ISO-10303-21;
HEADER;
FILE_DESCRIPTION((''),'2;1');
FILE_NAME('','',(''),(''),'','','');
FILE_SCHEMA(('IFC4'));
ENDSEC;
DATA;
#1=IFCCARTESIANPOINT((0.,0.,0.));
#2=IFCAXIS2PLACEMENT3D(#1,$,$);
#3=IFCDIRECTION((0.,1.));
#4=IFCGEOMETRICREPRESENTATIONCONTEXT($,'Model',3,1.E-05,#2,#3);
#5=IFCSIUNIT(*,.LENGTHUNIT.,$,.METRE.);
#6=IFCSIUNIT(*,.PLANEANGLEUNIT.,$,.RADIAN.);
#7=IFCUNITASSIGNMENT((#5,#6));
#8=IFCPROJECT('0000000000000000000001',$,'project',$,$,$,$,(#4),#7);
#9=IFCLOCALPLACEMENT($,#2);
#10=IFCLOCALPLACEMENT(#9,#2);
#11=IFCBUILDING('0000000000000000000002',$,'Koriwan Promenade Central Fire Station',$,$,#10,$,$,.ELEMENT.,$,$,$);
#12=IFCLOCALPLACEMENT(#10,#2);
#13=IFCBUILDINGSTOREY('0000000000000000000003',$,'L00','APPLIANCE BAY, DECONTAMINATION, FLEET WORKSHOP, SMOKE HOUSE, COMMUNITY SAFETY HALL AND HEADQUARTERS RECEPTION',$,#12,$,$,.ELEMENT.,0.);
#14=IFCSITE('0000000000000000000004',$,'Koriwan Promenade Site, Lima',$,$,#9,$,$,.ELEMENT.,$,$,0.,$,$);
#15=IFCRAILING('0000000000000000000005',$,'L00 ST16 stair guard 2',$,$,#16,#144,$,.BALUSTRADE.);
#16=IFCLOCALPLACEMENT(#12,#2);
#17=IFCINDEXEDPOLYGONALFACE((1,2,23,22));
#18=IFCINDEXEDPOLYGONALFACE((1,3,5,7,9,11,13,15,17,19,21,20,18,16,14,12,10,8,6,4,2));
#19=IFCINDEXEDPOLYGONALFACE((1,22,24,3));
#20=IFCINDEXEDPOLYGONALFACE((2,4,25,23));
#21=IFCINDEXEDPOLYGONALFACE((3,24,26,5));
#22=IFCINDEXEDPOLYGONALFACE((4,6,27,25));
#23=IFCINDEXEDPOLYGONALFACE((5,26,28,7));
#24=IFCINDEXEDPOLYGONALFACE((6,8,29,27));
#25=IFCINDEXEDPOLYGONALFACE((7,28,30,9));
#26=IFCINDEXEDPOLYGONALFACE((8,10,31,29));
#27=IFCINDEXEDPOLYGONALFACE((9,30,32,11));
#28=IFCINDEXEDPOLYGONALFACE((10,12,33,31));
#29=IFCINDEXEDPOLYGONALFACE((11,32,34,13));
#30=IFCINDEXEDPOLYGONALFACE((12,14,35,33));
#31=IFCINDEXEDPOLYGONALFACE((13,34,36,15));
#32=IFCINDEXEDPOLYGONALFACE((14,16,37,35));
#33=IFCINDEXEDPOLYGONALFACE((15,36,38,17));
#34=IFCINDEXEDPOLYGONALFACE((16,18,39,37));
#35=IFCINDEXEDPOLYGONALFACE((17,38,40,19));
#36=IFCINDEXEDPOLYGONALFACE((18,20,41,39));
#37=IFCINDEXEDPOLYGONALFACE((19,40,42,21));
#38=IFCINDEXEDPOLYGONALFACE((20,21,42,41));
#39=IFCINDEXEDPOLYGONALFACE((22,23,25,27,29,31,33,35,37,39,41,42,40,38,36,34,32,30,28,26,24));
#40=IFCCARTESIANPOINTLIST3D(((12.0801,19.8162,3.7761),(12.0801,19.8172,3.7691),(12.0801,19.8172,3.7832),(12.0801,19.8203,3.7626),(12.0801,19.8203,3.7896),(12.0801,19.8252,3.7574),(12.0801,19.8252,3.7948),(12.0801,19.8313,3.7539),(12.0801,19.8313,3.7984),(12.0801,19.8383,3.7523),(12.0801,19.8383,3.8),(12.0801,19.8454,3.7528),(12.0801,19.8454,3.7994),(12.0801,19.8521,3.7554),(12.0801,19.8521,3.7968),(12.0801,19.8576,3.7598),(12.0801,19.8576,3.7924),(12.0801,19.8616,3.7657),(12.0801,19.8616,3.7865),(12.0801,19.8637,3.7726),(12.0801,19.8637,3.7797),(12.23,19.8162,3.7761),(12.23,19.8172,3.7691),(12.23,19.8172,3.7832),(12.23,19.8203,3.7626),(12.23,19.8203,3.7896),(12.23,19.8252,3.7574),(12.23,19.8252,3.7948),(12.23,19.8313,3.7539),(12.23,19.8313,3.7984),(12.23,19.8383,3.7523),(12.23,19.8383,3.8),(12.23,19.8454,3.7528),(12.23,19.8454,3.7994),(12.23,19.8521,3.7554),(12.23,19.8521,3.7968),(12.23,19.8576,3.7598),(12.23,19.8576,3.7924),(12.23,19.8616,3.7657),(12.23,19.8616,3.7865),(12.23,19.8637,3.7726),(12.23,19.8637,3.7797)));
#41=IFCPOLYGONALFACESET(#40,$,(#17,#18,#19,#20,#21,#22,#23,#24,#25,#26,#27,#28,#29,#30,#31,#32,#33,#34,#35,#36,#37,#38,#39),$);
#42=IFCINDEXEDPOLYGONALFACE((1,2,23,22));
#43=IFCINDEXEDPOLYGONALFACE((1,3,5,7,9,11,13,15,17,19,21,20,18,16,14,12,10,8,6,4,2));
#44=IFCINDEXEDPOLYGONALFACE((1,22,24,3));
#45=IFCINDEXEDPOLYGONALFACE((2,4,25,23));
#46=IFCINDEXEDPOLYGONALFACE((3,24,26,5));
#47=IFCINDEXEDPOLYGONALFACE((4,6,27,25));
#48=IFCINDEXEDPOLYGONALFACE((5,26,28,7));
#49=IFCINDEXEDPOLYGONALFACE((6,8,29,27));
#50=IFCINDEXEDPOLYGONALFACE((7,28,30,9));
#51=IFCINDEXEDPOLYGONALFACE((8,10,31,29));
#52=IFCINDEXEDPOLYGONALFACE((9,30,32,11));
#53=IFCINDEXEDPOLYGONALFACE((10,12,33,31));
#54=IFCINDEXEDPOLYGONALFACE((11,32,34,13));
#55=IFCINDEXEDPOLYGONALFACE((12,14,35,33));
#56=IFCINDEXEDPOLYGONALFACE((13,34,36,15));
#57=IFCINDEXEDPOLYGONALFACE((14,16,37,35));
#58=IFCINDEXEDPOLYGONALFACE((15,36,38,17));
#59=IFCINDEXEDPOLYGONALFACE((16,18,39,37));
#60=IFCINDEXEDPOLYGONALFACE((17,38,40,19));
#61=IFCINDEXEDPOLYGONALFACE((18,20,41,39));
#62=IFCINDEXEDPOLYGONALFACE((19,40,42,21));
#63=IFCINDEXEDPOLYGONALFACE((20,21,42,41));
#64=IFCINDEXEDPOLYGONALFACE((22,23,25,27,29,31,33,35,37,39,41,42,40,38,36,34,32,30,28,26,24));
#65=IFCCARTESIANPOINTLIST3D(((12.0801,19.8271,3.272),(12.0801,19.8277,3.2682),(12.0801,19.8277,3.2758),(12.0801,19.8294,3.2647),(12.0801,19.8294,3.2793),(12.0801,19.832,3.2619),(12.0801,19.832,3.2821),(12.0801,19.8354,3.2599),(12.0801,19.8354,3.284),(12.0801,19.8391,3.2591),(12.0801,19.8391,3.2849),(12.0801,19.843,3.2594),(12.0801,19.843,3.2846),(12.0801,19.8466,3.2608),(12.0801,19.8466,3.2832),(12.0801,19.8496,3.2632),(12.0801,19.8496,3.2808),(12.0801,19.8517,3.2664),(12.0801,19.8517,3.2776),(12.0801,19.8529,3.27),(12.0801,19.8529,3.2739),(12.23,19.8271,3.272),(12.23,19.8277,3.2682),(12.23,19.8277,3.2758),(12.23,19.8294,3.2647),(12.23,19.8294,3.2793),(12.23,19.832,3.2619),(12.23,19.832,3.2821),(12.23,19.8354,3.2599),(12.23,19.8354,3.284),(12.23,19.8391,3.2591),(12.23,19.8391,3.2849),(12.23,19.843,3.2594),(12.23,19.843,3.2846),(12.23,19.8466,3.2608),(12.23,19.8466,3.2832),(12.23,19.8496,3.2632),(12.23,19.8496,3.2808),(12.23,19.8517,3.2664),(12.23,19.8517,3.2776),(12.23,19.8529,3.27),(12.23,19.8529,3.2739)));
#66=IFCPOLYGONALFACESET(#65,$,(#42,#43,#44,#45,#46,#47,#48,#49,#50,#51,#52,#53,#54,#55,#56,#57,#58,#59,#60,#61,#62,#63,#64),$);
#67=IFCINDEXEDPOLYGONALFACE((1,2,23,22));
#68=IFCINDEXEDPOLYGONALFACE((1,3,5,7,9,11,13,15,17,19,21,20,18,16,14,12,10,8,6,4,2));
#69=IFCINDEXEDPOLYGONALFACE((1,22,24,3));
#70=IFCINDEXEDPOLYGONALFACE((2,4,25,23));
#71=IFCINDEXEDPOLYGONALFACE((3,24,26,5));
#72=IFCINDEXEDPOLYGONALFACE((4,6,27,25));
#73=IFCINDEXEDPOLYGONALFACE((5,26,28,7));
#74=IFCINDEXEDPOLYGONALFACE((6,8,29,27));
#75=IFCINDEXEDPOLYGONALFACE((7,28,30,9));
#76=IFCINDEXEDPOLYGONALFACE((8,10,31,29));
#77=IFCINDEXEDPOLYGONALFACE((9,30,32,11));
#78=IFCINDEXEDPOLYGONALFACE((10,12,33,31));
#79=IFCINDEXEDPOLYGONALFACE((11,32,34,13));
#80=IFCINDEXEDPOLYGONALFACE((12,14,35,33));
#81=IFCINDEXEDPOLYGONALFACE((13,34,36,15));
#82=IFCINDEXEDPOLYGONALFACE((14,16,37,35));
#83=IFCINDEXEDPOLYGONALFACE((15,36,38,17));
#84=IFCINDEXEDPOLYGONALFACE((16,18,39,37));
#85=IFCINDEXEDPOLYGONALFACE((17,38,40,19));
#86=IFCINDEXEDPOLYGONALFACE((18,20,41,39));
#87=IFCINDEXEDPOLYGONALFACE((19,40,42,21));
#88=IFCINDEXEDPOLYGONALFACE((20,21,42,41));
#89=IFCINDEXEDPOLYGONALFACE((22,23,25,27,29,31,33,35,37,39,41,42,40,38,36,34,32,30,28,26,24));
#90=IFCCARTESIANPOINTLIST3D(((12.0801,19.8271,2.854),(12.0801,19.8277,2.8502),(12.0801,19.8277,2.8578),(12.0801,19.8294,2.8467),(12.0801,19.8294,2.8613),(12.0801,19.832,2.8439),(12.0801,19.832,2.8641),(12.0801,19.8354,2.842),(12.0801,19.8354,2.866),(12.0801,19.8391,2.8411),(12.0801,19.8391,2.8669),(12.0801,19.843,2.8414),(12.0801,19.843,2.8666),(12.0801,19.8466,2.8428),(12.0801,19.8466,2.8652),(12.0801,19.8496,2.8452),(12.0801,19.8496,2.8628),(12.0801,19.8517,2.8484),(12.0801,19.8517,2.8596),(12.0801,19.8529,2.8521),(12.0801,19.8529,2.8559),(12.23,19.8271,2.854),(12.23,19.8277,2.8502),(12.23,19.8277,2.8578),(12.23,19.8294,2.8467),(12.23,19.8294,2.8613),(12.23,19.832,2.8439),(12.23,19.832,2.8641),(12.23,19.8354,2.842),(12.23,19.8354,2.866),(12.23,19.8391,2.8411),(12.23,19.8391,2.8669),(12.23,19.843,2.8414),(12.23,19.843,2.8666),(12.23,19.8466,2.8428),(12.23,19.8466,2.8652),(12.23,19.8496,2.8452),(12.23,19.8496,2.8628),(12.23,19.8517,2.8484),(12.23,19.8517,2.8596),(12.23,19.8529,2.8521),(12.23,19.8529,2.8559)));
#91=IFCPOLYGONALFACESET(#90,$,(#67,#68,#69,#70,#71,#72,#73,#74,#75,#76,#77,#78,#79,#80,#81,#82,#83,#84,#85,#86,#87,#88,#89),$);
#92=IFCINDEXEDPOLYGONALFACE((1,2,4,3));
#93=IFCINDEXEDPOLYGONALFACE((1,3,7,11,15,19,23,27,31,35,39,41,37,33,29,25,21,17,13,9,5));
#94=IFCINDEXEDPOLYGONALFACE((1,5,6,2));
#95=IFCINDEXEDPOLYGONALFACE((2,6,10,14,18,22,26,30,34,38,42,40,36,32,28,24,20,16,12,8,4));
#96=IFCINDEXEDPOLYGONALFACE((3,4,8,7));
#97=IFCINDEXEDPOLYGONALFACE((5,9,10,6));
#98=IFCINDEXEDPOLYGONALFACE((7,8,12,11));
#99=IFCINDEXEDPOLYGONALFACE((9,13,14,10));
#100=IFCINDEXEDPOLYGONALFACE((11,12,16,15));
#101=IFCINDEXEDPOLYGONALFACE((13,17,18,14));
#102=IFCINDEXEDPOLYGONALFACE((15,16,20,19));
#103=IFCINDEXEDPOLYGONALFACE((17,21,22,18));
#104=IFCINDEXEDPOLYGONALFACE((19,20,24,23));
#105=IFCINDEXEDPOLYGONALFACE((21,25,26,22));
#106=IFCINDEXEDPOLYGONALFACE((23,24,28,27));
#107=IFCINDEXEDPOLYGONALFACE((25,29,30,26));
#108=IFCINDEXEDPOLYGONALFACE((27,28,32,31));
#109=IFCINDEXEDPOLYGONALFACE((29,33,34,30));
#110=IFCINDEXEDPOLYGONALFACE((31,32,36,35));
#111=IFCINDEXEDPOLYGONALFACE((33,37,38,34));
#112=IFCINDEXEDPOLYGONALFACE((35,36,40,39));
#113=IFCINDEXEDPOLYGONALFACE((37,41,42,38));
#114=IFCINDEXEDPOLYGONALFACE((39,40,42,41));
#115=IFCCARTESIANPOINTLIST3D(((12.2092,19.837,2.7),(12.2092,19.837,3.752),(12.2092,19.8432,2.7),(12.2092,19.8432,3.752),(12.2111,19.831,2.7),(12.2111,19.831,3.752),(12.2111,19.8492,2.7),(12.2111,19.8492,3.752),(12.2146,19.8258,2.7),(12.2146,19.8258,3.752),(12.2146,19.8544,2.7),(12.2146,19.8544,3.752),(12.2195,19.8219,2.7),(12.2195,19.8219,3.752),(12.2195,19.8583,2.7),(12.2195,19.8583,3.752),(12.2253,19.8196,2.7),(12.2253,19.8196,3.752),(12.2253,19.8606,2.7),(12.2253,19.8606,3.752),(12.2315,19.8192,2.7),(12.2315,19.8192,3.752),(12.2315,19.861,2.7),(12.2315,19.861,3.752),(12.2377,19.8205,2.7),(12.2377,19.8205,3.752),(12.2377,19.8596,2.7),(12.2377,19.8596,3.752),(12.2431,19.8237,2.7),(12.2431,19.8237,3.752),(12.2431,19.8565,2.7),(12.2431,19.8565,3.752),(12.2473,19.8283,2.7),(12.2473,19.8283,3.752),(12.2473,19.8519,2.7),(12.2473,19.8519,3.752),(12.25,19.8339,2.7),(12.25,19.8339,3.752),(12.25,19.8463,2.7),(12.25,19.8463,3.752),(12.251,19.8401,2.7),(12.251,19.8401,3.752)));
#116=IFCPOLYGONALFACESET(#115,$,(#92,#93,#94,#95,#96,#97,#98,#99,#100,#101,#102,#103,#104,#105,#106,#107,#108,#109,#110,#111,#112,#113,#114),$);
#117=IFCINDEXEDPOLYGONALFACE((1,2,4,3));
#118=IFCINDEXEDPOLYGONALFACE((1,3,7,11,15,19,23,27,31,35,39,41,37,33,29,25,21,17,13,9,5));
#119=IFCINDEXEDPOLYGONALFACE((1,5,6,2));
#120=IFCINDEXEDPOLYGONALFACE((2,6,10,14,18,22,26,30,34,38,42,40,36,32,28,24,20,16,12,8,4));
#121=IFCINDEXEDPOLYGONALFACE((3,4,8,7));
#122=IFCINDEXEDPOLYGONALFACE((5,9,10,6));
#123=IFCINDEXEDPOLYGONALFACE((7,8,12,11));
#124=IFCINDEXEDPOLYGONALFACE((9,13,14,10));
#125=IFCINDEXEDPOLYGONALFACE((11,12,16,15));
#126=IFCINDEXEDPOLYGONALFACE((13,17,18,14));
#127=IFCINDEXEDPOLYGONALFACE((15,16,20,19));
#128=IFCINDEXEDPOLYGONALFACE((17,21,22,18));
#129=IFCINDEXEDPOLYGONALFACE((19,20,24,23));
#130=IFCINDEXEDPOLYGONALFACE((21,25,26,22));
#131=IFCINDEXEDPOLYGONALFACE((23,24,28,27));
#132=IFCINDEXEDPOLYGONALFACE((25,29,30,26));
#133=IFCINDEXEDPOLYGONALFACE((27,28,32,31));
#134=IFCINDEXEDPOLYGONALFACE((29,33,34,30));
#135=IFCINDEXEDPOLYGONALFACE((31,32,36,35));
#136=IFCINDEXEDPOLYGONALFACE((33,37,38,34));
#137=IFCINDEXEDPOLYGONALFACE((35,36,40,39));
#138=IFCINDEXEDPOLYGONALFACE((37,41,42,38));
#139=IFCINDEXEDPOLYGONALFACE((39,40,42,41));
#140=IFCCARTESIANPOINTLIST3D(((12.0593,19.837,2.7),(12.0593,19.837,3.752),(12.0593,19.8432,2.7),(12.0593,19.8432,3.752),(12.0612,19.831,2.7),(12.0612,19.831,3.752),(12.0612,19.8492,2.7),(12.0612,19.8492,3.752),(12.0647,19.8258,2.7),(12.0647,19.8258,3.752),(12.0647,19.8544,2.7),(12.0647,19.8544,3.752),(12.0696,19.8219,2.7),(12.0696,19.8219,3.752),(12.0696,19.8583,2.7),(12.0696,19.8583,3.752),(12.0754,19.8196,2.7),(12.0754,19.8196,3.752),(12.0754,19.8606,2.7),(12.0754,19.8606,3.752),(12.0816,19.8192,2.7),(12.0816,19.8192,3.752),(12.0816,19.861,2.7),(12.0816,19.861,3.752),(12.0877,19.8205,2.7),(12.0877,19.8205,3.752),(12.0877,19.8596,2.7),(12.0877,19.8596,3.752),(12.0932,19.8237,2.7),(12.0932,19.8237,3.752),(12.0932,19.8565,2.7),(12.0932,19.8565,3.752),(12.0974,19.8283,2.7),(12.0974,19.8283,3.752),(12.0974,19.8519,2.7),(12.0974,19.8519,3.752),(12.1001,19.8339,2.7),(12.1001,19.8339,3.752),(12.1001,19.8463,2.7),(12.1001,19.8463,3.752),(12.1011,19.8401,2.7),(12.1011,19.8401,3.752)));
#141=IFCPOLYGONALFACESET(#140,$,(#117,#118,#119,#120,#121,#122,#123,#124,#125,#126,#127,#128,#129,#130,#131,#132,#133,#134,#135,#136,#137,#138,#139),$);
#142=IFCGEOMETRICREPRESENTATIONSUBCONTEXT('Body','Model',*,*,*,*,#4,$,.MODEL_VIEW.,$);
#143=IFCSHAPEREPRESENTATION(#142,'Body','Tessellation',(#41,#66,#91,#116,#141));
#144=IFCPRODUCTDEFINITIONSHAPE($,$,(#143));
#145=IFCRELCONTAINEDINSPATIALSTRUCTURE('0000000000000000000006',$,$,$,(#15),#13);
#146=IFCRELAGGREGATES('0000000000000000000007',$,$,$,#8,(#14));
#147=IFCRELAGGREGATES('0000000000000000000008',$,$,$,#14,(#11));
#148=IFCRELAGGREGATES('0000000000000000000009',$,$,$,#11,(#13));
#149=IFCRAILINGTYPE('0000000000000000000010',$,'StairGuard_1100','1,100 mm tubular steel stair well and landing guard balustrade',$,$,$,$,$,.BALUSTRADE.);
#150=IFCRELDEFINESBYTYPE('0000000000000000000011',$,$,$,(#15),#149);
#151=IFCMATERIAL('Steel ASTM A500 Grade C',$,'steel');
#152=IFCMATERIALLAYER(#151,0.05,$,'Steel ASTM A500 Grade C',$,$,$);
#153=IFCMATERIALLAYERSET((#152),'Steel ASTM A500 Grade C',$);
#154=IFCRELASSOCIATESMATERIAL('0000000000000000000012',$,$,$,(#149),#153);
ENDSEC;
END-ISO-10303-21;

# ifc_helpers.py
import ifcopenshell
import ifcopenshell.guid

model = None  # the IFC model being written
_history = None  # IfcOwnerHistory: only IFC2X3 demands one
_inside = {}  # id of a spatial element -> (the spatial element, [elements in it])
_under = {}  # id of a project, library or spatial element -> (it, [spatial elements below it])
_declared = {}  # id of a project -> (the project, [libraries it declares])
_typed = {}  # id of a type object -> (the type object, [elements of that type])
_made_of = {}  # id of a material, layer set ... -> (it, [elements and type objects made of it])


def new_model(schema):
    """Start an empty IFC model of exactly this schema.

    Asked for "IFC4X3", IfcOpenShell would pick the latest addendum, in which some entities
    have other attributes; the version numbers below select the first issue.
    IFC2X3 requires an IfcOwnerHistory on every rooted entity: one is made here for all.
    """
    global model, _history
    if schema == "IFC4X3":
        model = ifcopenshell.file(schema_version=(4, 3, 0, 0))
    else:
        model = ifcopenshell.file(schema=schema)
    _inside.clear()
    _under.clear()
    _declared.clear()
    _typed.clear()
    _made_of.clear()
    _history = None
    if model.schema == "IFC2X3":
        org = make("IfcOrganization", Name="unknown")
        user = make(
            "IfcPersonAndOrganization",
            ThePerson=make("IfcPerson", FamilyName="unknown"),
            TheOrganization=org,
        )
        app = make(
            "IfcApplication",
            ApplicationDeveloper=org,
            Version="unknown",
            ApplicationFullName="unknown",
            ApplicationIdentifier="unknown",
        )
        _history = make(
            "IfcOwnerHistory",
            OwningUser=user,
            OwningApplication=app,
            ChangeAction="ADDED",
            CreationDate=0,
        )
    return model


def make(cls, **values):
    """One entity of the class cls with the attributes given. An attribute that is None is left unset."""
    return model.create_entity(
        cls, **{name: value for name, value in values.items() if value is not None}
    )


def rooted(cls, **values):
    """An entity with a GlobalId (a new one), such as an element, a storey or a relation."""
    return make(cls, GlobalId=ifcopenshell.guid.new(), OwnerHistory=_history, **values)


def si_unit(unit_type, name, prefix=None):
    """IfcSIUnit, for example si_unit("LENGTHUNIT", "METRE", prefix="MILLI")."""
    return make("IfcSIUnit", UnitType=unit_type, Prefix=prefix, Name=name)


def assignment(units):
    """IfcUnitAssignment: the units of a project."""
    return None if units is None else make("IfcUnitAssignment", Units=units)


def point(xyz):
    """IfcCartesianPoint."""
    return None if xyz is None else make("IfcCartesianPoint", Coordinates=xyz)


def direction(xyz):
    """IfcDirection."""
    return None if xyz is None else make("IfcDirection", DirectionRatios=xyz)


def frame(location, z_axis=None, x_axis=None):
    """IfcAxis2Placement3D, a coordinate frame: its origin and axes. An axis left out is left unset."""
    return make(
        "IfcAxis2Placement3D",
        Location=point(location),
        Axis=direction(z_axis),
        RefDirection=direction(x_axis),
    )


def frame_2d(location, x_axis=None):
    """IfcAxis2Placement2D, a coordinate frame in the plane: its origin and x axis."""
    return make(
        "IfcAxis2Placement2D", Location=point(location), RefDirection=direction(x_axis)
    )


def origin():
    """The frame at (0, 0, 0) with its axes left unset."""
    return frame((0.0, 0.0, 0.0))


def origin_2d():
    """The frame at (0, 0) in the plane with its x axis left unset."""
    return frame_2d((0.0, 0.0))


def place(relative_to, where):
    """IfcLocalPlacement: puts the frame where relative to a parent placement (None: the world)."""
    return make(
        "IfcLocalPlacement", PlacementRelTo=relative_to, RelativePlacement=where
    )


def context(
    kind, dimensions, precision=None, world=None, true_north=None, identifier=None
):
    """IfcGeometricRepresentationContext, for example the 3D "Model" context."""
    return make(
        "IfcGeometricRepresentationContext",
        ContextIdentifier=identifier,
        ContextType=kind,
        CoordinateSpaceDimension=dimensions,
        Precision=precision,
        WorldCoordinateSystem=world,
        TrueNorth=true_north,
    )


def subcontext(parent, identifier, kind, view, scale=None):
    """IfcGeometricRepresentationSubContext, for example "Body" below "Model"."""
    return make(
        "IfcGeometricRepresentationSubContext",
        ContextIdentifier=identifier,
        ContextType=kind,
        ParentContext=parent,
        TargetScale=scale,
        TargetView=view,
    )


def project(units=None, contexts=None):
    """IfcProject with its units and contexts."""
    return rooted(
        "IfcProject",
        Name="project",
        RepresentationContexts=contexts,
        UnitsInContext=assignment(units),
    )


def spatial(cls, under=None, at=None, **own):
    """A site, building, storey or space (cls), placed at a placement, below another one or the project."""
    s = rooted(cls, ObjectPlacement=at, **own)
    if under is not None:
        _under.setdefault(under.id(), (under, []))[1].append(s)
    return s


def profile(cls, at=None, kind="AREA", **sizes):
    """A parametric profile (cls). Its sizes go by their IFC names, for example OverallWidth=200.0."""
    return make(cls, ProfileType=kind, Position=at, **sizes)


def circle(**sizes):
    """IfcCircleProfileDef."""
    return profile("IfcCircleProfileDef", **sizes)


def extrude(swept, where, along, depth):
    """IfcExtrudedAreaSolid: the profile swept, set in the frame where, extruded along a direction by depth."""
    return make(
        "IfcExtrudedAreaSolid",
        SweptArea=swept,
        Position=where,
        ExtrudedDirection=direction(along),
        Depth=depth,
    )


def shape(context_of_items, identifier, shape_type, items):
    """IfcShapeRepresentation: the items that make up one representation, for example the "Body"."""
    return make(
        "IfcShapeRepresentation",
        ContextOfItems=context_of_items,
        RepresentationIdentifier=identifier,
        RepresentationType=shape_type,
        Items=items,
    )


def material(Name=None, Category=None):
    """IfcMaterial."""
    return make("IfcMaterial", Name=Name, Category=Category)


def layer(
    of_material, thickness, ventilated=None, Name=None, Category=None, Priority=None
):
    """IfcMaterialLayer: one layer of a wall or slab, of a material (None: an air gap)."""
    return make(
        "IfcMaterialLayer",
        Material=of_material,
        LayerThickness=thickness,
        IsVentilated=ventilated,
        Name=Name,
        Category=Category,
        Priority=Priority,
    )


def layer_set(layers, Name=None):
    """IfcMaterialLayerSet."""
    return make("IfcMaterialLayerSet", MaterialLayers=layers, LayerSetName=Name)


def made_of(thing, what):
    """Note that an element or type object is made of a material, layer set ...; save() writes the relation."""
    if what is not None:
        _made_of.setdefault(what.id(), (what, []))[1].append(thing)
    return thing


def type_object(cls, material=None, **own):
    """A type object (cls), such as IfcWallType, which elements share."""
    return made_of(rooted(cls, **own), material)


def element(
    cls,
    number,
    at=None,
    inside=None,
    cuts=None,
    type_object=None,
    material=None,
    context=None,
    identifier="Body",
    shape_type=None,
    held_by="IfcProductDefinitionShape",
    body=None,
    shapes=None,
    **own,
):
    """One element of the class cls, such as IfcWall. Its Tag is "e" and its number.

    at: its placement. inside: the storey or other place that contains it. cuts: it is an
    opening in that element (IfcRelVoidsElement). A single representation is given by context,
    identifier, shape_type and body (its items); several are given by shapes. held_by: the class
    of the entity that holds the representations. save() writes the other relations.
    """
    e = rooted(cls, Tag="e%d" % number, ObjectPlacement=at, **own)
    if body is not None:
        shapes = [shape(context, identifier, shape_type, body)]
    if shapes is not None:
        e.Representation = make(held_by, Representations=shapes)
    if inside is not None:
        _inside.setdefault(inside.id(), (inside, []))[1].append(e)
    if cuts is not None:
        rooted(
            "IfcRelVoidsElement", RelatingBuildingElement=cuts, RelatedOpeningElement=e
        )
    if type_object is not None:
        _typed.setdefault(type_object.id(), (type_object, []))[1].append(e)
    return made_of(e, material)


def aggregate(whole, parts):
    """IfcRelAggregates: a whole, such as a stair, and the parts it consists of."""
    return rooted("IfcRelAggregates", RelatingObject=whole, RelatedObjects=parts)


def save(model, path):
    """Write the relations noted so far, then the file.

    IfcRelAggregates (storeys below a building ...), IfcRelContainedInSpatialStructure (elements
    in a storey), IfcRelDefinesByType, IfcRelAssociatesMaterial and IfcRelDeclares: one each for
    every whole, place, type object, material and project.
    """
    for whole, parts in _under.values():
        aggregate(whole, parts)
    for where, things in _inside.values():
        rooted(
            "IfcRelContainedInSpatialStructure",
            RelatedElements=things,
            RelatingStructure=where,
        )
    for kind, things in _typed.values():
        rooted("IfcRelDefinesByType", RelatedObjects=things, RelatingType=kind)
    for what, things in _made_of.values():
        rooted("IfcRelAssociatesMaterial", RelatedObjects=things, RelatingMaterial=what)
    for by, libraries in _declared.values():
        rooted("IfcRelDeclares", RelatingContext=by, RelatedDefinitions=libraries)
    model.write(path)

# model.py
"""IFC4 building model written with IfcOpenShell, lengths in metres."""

from ifc_helpers import new_model, si_unit, direction, frame, origin, origin_2d, place, context, subcontext, project, spatial, circle, extrude, material, layer, layer_set, type_object, element, save


model = new_model("IFC4")

# Units and contexts
model_context = context("Model", 3, precision=1e-05, world=origin(), true_north=direction((0.0, 1.0)))
body_context = subcontext(model_context, "Body", "Model", "MODEL_VIEW")
ifc_project = project(units=[si_unit("LENGTHUNIT", "METRE"), si_unit("PLANEANGLEUNIT", "RADIAN")], contexts=[model_context])

# Site, building, storey
site_placement = place(None, origin())
site = spatial("IfcSite", under=ifc_project, at=site_placement, Name="Koriwan Promenade Site, Lima", CompositionType="ELEMENT", RefElevation=0.0)
building_placement = place(site_placement, origin())
building = spatial("IfcBuilding", under=site, at=building_placement, Name="Koriwan Promenade Central Fire Station", CompositionType="ELEMENT")
storey_placement = place(building_placement, origin())
storey = spatial("IfcBuildingStorey", under=building, at=storey_placement, Name="L00", Description="APPLIANCE BAY, DECONTAMINATION, FLEET WORKSHOP, SMOKE HOUSE, COMMUNITY SAFETY HALL AND HEADQUARTERS RECEPTION", CompositionType="ELEMENT", Elevation=0.0)

# Railing
ifc_material_1 = material(Name="Steel ASTM A500 Grade C", Category="steel")
ifc_layer_1 = layer(ifc_material_1, 0.05, Name="Steel ASTM A500 Grade C")
ifc_layer_set_1 = layer_set([ifc_layer_1], Name="Steel ASTM A500 Grade C")
railing_type_1 = type_object("IfcRailingType", Name="StairGuard_1100", Description="1,100 mm tubular steel stair well and landing guard balustrade", PredefinedType="BALUSTRADE", material=ifc_layer_set_1)
railing_1_placement = place(storey_placement, frame((12.23, 19.8401, 2.7)))
element("IfcRailing", 1, at=railing_1_placement, inside=storey, type_object=railing_type_1, Name="L00 ST16 stair guard 2", PredefinedType="BALUSTRADE", context=body_context, shape_type="SweptSolid", body=[
    extrude(circle(Radius=0.0239, at=origin_2d()), frame((0.0, 0.0, 1.0762), z_axis=(-1.0, 0.0, 0.0), x_axis=(0.0, -1.0, 0.0)), (0.0, 0.0, 1.0), 0.1499),
    extrude(circle(Radius=0.0129, at=origin_2d()), frame((0.0, 0.0, 0.572), z_axis=(-1.0, 0.0, 0.0), x_axis=(0.0, -1.0, 0.0)), (0.0, 0.0, 1.0), 0.1499),
    extrude(circle(Radius=0.0129, at=origin_2d()), frame((0.0, 0.0, 0.1541), z_axis=(-1.0, 0.0, 0.0), x_axis=(0.0, -1.0, 0.0)), (0.0, 0.0, 1.0), 0.1499),
    extrude(circle(Radius=0.021, at=origin_2d()), origin(), (0.0, 0.0, 1.0), 1.052),
    extrude(circle(Radius=0.021, at=origin_2d()), frame((-0.1499, 0.0, 0.0)), (0.0, 0.0, 1.0), 1.052),
])

save(model, "model.ifc")
